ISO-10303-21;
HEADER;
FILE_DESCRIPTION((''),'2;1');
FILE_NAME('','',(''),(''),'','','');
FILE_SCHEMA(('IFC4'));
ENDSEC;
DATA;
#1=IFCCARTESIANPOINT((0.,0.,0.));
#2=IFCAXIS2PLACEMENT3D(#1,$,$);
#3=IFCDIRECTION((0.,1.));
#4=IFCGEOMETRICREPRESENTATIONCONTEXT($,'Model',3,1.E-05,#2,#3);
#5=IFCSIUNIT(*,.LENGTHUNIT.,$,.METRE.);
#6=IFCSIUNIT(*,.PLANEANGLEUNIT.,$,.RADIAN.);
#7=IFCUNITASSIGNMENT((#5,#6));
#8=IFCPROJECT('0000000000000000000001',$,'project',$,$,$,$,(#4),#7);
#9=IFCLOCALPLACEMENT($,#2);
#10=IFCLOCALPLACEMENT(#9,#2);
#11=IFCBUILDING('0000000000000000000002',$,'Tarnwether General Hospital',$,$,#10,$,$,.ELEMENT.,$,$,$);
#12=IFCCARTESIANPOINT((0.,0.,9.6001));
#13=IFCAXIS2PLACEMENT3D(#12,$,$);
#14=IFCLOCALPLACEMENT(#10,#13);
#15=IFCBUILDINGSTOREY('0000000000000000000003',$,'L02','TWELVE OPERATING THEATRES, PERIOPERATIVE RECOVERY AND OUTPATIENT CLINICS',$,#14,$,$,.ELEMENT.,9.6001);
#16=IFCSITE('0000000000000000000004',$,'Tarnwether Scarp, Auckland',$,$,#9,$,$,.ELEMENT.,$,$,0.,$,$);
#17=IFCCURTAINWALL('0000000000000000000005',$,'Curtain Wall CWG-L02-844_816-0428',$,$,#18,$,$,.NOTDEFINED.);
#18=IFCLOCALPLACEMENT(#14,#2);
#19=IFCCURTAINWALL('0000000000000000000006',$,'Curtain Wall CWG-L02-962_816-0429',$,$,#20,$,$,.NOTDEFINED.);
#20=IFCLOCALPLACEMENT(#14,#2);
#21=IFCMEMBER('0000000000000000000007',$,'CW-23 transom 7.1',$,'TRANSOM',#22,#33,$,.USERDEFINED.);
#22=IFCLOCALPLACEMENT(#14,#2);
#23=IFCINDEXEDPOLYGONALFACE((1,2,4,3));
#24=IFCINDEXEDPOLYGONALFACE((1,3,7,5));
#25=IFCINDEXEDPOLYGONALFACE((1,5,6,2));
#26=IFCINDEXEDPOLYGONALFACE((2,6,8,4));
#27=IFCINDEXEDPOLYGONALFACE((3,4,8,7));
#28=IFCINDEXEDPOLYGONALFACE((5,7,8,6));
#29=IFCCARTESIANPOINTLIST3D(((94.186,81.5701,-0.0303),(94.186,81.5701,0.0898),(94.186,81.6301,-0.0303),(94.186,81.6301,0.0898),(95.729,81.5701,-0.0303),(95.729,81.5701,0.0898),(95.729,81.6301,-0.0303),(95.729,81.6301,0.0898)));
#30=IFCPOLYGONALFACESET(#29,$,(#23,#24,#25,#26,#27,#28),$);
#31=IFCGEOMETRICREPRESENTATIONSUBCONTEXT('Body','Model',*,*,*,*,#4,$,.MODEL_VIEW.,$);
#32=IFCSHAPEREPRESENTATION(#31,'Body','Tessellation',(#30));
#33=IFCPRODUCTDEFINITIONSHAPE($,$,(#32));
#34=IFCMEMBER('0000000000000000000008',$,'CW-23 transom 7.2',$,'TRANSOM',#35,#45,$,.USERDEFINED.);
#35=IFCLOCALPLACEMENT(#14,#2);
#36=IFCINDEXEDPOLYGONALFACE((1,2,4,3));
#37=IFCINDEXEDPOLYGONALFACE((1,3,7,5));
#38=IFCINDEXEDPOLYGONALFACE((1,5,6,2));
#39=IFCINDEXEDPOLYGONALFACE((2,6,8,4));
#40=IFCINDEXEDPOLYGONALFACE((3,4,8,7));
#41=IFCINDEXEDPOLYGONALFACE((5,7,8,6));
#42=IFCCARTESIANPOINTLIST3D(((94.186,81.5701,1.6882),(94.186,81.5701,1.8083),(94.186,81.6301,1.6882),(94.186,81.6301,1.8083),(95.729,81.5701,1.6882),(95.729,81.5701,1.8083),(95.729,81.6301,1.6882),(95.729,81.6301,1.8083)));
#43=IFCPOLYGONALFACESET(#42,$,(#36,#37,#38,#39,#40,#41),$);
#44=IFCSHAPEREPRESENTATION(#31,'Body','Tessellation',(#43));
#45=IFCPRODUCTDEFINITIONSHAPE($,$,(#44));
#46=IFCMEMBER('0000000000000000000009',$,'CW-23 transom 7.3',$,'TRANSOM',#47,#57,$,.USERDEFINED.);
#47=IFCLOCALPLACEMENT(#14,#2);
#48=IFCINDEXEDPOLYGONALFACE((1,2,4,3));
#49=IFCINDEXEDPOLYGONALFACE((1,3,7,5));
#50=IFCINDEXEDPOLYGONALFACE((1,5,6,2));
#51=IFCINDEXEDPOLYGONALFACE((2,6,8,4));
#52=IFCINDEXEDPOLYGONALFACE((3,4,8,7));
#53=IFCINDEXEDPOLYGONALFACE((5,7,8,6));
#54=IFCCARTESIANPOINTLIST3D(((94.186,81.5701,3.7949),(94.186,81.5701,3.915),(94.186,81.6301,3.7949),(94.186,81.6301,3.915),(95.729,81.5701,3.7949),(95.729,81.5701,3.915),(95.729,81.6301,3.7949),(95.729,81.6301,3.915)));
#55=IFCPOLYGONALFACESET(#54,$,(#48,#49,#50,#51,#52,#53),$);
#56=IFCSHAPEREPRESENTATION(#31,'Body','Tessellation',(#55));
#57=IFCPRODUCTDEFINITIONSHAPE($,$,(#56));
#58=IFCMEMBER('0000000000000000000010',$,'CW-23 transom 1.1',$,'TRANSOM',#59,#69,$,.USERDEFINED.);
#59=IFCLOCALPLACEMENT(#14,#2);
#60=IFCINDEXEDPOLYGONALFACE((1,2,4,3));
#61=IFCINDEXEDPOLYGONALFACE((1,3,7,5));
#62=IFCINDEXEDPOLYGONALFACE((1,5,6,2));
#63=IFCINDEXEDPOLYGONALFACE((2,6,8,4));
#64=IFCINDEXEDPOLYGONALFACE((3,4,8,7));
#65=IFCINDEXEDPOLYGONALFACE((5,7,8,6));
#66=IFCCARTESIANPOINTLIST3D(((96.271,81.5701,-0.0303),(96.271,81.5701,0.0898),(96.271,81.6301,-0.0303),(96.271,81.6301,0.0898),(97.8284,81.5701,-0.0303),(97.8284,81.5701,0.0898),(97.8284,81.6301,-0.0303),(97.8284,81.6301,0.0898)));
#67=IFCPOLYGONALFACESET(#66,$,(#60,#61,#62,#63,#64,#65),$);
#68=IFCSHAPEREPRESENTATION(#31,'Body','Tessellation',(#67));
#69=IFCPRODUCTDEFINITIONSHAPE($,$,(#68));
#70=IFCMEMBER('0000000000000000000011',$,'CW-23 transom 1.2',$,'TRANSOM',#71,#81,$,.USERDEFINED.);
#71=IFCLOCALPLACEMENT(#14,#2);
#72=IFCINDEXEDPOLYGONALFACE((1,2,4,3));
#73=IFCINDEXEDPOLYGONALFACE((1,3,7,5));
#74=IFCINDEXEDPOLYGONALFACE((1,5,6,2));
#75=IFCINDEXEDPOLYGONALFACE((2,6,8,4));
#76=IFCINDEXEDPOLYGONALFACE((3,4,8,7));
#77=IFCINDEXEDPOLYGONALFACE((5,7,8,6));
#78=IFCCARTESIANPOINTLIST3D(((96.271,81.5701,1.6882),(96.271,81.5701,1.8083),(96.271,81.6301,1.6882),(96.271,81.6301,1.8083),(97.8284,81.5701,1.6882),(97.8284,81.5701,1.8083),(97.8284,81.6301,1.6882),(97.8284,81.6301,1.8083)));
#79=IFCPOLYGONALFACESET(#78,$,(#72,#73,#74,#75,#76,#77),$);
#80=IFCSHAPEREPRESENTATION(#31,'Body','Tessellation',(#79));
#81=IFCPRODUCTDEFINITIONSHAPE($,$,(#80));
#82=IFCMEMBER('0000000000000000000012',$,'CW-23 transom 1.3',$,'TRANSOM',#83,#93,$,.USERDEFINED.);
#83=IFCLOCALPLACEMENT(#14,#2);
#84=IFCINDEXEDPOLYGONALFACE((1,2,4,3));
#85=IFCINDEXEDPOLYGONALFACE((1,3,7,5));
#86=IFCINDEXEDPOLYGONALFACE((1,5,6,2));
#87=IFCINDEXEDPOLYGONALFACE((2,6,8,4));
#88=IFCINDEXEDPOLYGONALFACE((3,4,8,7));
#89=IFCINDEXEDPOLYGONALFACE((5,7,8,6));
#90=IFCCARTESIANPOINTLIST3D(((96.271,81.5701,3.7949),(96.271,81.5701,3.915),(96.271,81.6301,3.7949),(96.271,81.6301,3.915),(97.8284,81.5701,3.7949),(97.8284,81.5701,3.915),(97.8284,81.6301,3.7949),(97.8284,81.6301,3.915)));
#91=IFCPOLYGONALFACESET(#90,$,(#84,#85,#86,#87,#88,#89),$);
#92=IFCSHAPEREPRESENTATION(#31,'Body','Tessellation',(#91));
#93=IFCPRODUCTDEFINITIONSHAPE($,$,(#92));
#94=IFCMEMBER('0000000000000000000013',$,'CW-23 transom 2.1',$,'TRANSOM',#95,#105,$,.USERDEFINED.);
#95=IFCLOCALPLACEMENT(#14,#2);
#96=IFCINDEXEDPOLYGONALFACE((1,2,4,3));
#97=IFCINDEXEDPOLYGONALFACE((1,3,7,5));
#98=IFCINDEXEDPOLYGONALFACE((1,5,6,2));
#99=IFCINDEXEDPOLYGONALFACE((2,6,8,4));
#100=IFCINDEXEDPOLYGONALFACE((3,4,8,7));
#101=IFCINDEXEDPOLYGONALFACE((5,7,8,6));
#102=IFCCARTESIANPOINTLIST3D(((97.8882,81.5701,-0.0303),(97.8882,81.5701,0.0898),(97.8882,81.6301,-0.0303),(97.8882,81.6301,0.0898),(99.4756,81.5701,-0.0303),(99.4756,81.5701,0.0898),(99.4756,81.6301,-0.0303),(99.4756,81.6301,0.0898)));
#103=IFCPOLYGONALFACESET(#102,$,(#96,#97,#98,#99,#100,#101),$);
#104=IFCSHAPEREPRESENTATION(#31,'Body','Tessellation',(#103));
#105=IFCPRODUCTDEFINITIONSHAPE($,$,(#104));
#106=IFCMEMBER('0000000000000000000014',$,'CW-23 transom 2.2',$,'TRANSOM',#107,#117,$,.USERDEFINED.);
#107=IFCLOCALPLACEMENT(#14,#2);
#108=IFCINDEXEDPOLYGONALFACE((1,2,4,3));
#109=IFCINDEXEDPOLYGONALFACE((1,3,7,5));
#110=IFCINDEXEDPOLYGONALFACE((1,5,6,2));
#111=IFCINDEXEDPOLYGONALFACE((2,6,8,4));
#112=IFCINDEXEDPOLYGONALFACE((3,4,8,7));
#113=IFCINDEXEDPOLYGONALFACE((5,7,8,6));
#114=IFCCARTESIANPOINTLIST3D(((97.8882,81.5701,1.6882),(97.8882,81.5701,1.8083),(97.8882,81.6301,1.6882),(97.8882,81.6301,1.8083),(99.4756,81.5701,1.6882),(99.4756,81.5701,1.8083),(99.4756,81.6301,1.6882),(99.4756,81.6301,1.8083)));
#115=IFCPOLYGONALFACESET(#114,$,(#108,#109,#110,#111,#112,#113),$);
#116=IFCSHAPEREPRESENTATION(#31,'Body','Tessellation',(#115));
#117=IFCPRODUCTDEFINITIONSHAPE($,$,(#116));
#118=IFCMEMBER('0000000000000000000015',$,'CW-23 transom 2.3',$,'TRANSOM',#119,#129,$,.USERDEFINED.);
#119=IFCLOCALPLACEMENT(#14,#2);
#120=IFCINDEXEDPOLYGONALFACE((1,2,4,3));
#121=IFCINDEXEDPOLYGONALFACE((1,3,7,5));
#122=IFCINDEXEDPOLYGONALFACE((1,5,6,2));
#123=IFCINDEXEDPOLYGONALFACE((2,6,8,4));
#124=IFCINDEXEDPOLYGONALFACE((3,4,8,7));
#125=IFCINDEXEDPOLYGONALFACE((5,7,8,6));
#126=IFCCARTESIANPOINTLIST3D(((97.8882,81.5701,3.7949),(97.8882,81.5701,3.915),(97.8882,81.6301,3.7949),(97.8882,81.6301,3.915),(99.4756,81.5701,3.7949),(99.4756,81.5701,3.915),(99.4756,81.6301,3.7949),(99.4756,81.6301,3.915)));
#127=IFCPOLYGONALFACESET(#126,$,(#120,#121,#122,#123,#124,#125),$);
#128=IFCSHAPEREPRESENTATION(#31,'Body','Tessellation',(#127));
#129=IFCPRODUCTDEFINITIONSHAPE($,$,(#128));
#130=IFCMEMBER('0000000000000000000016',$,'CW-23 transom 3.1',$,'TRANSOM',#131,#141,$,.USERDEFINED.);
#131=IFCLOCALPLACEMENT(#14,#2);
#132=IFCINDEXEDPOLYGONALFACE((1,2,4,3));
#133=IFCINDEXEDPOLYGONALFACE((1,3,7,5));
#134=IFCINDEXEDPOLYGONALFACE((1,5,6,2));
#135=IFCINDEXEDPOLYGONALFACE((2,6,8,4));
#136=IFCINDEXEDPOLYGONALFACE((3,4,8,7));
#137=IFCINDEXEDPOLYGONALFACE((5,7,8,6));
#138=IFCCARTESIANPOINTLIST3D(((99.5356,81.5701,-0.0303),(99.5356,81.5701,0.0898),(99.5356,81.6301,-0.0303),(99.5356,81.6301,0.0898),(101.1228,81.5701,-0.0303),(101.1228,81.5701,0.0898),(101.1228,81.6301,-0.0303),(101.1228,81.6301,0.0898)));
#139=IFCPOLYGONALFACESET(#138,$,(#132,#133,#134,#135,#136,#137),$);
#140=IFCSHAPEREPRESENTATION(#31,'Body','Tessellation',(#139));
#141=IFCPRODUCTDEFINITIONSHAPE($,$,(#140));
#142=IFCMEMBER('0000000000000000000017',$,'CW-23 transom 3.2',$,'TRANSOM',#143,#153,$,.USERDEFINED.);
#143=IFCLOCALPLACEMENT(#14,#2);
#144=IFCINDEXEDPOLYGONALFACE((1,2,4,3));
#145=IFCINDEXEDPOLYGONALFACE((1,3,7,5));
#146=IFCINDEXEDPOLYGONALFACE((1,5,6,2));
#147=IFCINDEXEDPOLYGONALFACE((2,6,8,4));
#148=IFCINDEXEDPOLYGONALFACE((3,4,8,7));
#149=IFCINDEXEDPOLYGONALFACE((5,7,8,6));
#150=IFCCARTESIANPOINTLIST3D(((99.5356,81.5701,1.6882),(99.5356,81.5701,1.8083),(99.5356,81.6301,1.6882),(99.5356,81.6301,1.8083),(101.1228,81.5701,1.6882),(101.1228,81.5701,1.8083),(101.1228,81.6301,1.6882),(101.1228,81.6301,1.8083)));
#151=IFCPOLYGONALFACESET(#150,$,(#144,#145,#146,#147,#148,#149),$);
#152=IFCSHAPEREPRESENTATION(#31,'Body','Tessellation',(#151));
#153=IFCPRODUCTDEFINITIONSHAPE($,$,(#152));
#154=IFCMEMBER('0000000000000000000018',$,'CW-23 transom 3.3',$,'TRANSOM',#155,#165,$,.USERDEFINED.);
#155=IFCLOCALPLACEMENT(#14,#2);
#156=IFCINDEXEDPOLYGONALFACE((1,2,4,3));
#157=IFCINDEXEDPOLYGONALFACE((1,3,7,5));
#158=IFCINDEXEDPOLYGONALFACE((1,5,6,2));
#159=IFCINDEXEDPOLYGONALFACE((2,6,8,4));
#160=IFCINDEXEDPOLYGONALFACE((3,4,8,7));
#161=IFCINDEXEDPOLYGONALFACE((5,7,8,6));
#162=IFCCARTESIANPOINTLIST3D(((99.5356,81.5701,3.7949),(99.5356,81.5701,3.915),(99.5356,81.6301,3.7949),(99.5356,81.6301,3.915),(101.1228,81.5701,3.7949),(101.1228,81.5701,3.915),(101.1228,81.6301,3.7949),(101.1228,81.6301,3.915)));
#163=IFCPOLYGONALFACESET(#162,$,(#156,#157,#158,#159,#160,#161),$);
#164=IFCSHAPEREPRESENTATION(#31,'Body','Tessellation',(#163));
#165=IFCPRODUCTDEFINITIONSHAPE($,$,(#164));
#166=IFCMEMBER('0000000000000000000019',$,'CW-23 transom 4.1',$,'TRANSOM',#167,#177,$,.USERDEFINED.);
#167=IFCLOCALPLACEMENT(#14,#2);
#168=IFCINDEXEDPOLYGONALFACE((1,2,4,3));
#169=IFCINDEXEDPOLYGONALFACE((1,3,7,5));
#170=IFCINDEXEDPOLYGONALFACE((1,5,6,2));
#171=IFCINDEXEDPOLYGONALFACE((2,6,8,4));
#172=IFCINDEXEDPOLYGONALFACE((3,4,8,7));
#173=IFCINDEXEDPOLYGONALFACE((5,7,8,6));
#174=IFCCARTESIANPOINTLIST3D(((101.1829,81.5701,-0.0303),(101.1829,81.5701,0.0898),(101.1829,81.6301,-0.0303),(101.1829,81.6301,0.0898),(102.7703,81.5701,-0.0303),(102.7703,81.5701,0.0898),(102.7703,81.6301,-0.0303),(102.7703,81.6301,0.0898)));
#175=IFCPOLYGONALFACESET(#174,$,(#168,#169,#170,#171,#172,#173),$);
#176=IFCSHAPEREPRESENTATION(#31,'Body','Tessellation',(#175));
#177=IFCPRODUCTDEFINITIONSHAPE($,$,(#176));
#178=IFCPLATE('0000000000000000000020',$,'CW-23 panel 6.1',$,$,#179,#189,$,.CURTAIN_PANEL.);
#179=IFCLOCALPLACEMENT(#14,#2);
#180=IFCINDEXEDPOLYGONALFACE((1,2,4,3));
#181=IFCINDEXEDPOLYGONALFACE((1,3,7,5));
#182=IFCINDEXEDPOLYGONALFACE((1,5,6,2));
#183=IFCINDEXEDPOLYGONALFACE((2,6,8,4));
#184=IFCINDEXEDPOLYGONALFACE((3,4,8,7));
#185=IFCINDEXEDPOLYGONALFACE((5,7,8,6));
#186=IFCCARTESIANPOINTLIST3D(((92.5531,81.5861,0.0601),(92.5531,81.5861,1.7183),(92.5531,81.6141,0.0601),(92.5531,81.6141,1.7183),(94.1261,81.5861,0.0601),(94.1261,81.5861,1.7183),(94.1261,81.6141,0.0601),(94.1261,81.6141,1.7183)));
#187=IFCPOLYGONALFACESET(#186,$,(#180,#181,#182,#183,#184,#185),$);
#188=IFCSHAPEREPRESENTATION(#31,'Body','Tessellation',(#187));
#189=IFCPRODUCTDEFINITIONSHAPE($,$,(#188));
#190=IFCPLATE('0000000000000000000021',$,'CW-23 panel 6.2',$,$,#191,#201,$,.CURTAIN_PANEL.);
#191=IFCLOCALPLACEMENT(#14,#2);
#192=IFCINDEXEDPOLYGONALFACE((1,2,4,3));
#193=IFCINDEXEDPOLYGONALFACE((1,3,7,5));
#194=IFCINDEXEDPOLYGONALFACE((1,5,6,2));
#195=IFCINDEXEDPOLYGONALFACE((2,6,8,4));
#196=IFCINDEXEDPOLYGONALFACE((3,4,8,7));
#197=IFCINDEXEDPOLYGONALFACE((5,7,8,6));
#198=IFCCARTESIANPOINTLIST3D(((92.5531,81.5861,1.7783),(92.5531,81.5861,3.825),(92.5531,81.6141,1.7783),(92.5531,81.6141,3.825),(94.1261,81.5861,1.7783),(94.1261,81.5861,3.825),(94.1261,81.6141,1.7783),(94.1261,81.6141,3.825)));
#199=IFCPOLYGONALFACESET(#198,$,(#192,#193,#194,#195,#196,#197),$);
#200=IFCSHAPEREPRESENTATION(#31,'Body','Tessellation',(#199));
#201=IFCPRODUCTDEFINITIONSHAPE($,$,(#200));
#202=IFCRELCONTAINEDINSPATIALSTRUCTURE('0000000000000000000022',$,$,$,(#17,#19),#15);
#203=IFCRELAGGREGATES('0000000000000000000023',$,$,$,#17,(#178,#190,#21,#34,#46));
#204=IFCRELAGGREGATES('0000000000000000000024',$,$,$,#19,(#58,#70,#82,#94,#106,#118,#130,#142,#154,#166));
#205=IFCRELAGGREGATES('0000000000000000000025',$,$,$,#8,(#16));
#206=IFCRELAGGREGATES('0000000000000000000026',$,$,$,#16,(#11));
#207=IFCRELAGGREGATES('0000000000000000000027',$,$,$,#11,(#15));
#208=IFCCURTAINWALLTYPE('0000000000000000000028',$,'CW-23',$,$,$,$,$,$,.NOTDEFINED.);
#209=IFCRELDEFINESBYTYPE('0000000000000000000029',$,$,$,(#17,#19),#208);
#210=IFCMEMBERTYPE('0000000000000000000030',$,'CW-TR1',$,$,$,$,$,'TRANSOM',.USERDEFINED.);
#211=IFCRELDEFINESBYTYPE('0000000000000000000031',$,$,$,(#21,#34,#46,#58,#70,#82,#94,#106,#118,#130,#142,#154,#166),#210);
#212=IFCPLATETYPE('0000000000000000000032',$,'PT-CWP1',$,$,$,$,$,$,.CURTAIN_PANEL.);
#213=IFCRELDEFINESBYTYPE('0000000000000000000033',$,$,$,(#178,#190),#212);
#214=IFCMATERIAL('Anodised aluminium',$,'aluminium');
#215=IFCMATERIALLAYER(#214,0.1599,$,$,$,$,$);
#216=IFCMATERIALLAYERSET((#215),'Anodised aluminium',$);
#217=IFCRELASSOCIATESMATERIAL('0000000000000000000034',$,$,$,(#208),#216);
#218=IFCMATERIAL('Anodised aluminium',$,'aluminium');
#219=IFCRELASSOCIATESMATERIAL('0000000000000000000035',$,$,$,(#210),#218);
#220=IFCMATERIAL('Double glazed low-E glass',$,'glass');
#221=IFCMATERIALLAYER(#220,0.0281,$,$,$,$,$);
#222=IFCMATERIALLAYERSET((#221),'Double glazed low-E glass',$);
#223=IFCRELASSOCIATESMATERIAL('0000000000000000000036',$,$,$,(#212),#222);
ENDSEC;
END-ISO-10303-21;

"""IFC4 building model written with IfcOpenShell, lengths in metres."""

from ifc_helpers import new_model, si_unit, direction, frame, origin, origin_2d, place, context, subcontext, project, spatial, rectangle, extrude, material, layer, layer_set, material_profile, profile_set, type_object, element, aggregate, save


model = new_model("IFC4")

# Units and contexts
model_context = context("Model", 3, precision=1e-05, world=origin(), true_north=direction((0.0, 1.0)))
body_context = subcontext(model_context, "Body", "Model", "MODEL_VIEW")
ifc_project = project(units=[si_unit("LENGTHUNIT", "METRE"), si_unit("PLANEANGLEUNIT", "RADIAN")], contexts=[model_context])

# Site, building, storey
site_placement = place(None, origin())
site = spatial("IfcSite", under=ifc_project, at=site_placement, Name="Tarnwether Scarp, Auckland", CompositionType="ELEMENT", RefElevation=0.0)
building_placement = place(site_placement, origin())
building = spatial("IfcBuilding", under=site, at=building_placement, Name="Tarnwether General Hospital", CompositionType="ELEMENT")
storey_placement = place(building_placement, frame((0.0, 0.0, 9.6001)))
storey = spatial("IfcBuildingStorey", under=building, at=storey_placement, Name="L02", Description="TWELVE OPERATING THEATRES, PERIOPERATIVE RECOVERY AND OUTPATIENT CLINICS", CompositionType="ELEMENT", Elevation=9.6001)

# Curtain walls
ifc_material_1 = material(Name="Anodised aluminium", Category="aluminium")
ifc_layer_1 = layer(ifc_material_1, 0.1599)
ifc_layer_set_1 = layer_set([ifc_layer_1], Name="Anodised aluminium")
curtain_wall_type = type_object("IfcCurtainWallType", Name="CW-23", PredefinedType="NOTDEFINED", material=ifc_layer_set_1)
curtain_wall_1_placement = place(storey_placement, origin())
curtain_wall_1 = element("IfcCurtainWall", 1, at=curtain_wall_1_placement, inside=storey, type_object=curtain_wall_type, Name="Curtain Wall CWG-L02-844_816-0428", PredefinedType="NOTDEFINED")
curtain_wall_2_placement = place(storey_placement, origin())
curtain_wall_2 = element("IfcCurtainWall", 2, at=curtain_wall_2_placement, inside=storey, type_object=curtain_wall_type, Name="Curtain Wall CWG-L02-962_816-0429", PredefinedType="NOTDEFINED")

# Members
ifc_material_2 = material(Name="Anodised aluminium", Category="aluminium")
ifc_material_profile_1 = material_profile(ifc_material_2, rectangle(XDim=0.0601, YDim=0.1201, at=origin_2d()), Name="ALU-TRN-60x120")
ifc_profile_set_1 = profile_set([ifc_material_profile_1], Name="Anodised aluminium")
member_type_1 = type_object("IfcMemberType", Name="CW-TR1", ElementType="TRANSOM", PredefinedType="USERDEFINED", material=ifc_profile_set_1)
member_1_placement = place(storey_placement, frame((94.186, 81.6001, 0.0298), z_axis=(1.0, 0.0, 0.0), x_axis=(0.0, 1.0, 0.0)))
member_1 = element("IfcMember", 3, at=member_1_placement, type_object=member_type_1, Name="CW-23 transom 7.1", ObjectType="TRANSOM", PredefinedType="USERDEFINED", context=body_context, shape_type="SweptSolid", body=[
    extrude(rectangle(XDim=0.0601, YDim=0.1201, at=origin_2d()), origin(), (0.0, 0.0, 1.0), 1.543),
])
member_2_placement = place(storey_placement, frame((94.186, 81.6001, 1.7483), z_axis=(1.0, 0.0, 0.0), x_axis=(0.0, 1.0, 0.0)))
member_2 = element("IfcMember", 4, at=member_2_placement, type_object=member_type_1, Name="CW-23 transom 7.2", ObjectType="TRANSOM", PredefinedType="USERDEFINED", context=body_context, shape_type="SweptSolid", body=[
    extrude(rectangle(XDim=0.0601, YDim=0.1201, at=origin_2d()), origin(), (0.0, 0.0, 1.0), 1.543),
])
member_3_placement = place(storey_placement, frame((94.186, 81.6001, 3.855), z_axis=(1.0, 0.0, 0.0), x_axis=(0.0, 1.0, 0.0)))
member_3 = element("IfcMember", 5, at=member_3_placement, type_object=member_type_1, Name="CW-23 transom 7.3", ObjectType="TRANSOM", PredefinedType="USERDEFINED", context=body_context, shape_type="SweptSolid", body=[
    extrude(rectangle(XDim=0.0601, YDim=0.1201, at=origin_2d()), origin(), (0.0, 0.0, 1.0), 1.543),
])
member_4_placement = place(storey_placement, frame((96.271, 81.6001, 0.0298), z_axis=(1.0, 0.0, 0.0), x_axis=(0.0, 1.0, 0.0)))
member_4 = element("IfcMember", 6, at=member_4_placement, type_object=member_type_1, Name="CW-23 transom 1.1", ObjectType="TRANSOM", PredefinedType="USERDEFINED", context=body_context, shape_type="SweptSolid", body=[
    extrude(rectangle(XDim=0.0601, YDim=0.1201, at=origin_2d()), origin(), (0.0, 0.0, 1.0), 1.5574),
])
member_5_placement = place(storey_placement, frame((96.271, 81.6001, 1.7483), z_axis=(1.0, 0.0, 0.0), x_axis=(0.0, 1.0, 0.0)))
member_5 = element("IfcMember", 7, at=member_5_placement, type_object=member_type_1, Name="CW-23 transom 1.2", ObjectType="TRANSOM", PredefinedType="USERDEFINED", context=body_context, shape_type="SweptSolid", body=[
    extrude(rectangle(XDim=0.0601, YDim=0.1201, at=origin_2d()), origin(), (0.0, 0.0, 1.0), 1.5574),
])
member_6_placement = place(storey_placement, frame((96.271, 81.6001, 3.855), z_axis=(1.0, 0.0, 0.0), x_axis=(0.0, 1.0, 0.0)))
member_6 = element("IfcMember", 8, at=member_6_placement, type_object=member_type_1, Name="CW-23 transom 1.3", ObjectType="TRANSOM", PredefinedType="USERDEFINED", context=body_context, shape_type="SweptSolid", body=[
    extrude(rectangle(XDim=0.0601, YDim=0.1201, at=origin_2d()), origin(), (0.0, 0.0, 1.0), 1.5574),
])
member_7_placement = place(storey_placement, frame((97.8882, 81.6001, 0.0298), z_axis=(1.0, 0.0, 0.0), x_axis=(0.0, 1.0, 0.0)))
member_7 = element("IfcMember", 9, at=member_7_placement, type_object=member_type_1, Name="CW-23 transom 2.1", ObjectType="TRANSOM", PredefinedType="USERDEFINED", context=body_context, shape_type="SweptSolid", body=[
    extrude(rectangle(XDim=0.0601, YDim=0.1201, at=origin_2d()), origin(), (0.0, 0.0, 1.0), 1.5874),
])
member_8_placement = place(storey_placement, frame((97.8882, 81.6001, 1.7483), z_axis=(1.0, 0.0, 0.0), x_axis=(0.0, 1.0, 0.0)))
member_8 = element("IfcMember", 10, at=member_8_placement, type_object=member_type_1, Name="CW-23 transom 2.2", ObjectType="TRANSOM", PredefinedType="USERDEFINED", context=body_context, shape_type="SweptSolid", body=[
    extrude(rectangle(XDim=0.0601, YDim=0.1201, at=origin_2d()), origin(), (0.0, 0.0, 1.0), 1.5874),
])
member_9_placement = place(storey_placement, frame((97.8882, 81.6001, 3.855), z_axis=(1.0, 0.0, 0.0), x_axis=(0.0, 1.0, 0.0)))
member_9 = element("IfcMember", 11, at=member_9_placement, type_object=member_type_1, Name="CW-23 transom 2.3", ObjectType="TRANSOM", PredefinedType="USERDEFINED", context=body_context, shape_type="SweptSolid", body=[
    extrude(rectangle(XDim=0.0601, YDim=0.1201, at=origin_2d()), origin(), (0.0, 0.0, 1.0), 1.5874),
])
member_10_placement = place(storey_placement, frame((99.5356, 81.6001, 0.0298), z_axis=(1.0, 0.0, 0.0), x_axis=(0.0, 1.0, 0.0)))
member_10 = element("IfcMember", 12, at=member_10_placement, type_object=member_type_1, Name="CW-23 transom 3.1", ObjectType="TRANSOM", PredefinedType="USERDEFINED", context=body_context, shape_type="SweptSolid", body=[
    extrude(rectangle(XDim=0.0601, YDim=0.1201, at=origin_2d()), origin(), (0.0, 0.0, 1.0), 1.5872),
])
member_11_placement = place(storey_placement, frame((99.5356, 81.6001, 1.7483), z_axis=(1.0, 0.0, 0.0), x_axis=(0.0, 1.0, 0.0)))
member_11 = element("IfcMember", 13, at=member_11_placement, type_object=member_type_1, Name="CW-23 transom 3.2", ObjectType="TRANSOM", PredefinedType="USERDEFINED", context=body_context, shape_type="SweptSolid", body=[
    extrude(rectangle(XDim=0.0601, YDim=0.1201, at=origin_2d()), origin(), (0.0, 0.0, 1.0), 1.5872),
])
member_12_placement = place(storey_placement, frame((99.5356, 81.6001, 3.855), z_axis=(1.0, 0.0, 0.0), x_axis=(0.0, 1.0, 0.0)))
member_12 = element("IfcMember", 14, at=member_12_placement, type_object=member_type_1, Name="CW-23 transom 3.3", ObjectType="TRANSOM", PredefinedType="USERDEFINED", context=body_context, shape_type="SweptSolid", body=[
    extrude(rectangle(XDim=0.0601, YDim=0.1201, at=origin_2d()), origin(), (0.0, 0.0, 1.0), 1.5872),
])
member_13_placement = place(storey_placement, frame((101.1829, 81.6001, 0.0298), z_axis=(1.0, 0.0, 0.0), x_axis=(0.0, 1.0, 0.0)))
member_13 = element("IfcMember", 15, at=member_13_placement, type_object=member_type_1, Name="CW-23 transom 4.1", ObjectType="TRANSOM", PredefinedType="USERDEFINED", context=body_context, shape_type="SweptSolid", body=[
    extrude(rectangle(XDim=0.0601, YDim=0.1201, at=origin_2d()), origin(), (0.0, 0.0, 1.0), 1.5874),
])

# Plates
ifc_material_3 = material(Name="Double glazed low-E glass", Category="glass")
ifc_layer_2 = layer(ifc_material_3, 0.0281)
ifc_layer_set_2 = layer_set([ifc_layer_2], Name="Double glazed low-E glass")
plate_type_1 = type_object("IfcPlateType", Name="PT-CWP1", PredefinedType="CURTAIN_PANEL", material=ifc_layer_set_2)
plate_1_placement = place(storey_placement, frame((93.3396, 81.6001, 0.0601), z_axis=(0.0, 0.0, 1.0), x_axis=(1.0, 0.0, 0.0)))
plate_1 = element("IfcPlate", 16, at=plate_1_placement, type_object=plate_type_1, Name="CW-23 panel 6.1", PredefinedType="CURTAIN_PANEL", context=body_context, shape_type="SweptSolid", body=[
    extrude(rectangle(XDim=1.573, YDim=0.0281, at=origin_2d()), origin(), (0.0, 0.0, 1.0), 1.6582),
])
plate_2_placement = place(storey_placement, frame((93.3396, 81.6001, 1.7783), z_axis=(0.0, 0.0, 1.0), x_axis=(1.0, 0.0, 0.0)))
plate_2 = element("IfcPlate", 17, at=plate_2_placement, type_object=plate_type_1, Name="CW-23 panel 6.2", PredefinedType="CURTAIN_PANEL", context=body_context, shape_type="SweptSolid", body=[
    extrude(rectangle(XDim=1.573, YDim=0.0281, at=origin_2d()), origin(), (0.0, 0.0, 1.0), 2.0466),
])
aggregate(curtain_wall_1, [plate_1, plate_2, member_1, member_2, member_3])
aggregate(curtain_wall_2, [member_4, member_5, member_6, member_7, member_8, member_9, member_10, member_11, member_12, member_13])

save(model, "model.ifc")
